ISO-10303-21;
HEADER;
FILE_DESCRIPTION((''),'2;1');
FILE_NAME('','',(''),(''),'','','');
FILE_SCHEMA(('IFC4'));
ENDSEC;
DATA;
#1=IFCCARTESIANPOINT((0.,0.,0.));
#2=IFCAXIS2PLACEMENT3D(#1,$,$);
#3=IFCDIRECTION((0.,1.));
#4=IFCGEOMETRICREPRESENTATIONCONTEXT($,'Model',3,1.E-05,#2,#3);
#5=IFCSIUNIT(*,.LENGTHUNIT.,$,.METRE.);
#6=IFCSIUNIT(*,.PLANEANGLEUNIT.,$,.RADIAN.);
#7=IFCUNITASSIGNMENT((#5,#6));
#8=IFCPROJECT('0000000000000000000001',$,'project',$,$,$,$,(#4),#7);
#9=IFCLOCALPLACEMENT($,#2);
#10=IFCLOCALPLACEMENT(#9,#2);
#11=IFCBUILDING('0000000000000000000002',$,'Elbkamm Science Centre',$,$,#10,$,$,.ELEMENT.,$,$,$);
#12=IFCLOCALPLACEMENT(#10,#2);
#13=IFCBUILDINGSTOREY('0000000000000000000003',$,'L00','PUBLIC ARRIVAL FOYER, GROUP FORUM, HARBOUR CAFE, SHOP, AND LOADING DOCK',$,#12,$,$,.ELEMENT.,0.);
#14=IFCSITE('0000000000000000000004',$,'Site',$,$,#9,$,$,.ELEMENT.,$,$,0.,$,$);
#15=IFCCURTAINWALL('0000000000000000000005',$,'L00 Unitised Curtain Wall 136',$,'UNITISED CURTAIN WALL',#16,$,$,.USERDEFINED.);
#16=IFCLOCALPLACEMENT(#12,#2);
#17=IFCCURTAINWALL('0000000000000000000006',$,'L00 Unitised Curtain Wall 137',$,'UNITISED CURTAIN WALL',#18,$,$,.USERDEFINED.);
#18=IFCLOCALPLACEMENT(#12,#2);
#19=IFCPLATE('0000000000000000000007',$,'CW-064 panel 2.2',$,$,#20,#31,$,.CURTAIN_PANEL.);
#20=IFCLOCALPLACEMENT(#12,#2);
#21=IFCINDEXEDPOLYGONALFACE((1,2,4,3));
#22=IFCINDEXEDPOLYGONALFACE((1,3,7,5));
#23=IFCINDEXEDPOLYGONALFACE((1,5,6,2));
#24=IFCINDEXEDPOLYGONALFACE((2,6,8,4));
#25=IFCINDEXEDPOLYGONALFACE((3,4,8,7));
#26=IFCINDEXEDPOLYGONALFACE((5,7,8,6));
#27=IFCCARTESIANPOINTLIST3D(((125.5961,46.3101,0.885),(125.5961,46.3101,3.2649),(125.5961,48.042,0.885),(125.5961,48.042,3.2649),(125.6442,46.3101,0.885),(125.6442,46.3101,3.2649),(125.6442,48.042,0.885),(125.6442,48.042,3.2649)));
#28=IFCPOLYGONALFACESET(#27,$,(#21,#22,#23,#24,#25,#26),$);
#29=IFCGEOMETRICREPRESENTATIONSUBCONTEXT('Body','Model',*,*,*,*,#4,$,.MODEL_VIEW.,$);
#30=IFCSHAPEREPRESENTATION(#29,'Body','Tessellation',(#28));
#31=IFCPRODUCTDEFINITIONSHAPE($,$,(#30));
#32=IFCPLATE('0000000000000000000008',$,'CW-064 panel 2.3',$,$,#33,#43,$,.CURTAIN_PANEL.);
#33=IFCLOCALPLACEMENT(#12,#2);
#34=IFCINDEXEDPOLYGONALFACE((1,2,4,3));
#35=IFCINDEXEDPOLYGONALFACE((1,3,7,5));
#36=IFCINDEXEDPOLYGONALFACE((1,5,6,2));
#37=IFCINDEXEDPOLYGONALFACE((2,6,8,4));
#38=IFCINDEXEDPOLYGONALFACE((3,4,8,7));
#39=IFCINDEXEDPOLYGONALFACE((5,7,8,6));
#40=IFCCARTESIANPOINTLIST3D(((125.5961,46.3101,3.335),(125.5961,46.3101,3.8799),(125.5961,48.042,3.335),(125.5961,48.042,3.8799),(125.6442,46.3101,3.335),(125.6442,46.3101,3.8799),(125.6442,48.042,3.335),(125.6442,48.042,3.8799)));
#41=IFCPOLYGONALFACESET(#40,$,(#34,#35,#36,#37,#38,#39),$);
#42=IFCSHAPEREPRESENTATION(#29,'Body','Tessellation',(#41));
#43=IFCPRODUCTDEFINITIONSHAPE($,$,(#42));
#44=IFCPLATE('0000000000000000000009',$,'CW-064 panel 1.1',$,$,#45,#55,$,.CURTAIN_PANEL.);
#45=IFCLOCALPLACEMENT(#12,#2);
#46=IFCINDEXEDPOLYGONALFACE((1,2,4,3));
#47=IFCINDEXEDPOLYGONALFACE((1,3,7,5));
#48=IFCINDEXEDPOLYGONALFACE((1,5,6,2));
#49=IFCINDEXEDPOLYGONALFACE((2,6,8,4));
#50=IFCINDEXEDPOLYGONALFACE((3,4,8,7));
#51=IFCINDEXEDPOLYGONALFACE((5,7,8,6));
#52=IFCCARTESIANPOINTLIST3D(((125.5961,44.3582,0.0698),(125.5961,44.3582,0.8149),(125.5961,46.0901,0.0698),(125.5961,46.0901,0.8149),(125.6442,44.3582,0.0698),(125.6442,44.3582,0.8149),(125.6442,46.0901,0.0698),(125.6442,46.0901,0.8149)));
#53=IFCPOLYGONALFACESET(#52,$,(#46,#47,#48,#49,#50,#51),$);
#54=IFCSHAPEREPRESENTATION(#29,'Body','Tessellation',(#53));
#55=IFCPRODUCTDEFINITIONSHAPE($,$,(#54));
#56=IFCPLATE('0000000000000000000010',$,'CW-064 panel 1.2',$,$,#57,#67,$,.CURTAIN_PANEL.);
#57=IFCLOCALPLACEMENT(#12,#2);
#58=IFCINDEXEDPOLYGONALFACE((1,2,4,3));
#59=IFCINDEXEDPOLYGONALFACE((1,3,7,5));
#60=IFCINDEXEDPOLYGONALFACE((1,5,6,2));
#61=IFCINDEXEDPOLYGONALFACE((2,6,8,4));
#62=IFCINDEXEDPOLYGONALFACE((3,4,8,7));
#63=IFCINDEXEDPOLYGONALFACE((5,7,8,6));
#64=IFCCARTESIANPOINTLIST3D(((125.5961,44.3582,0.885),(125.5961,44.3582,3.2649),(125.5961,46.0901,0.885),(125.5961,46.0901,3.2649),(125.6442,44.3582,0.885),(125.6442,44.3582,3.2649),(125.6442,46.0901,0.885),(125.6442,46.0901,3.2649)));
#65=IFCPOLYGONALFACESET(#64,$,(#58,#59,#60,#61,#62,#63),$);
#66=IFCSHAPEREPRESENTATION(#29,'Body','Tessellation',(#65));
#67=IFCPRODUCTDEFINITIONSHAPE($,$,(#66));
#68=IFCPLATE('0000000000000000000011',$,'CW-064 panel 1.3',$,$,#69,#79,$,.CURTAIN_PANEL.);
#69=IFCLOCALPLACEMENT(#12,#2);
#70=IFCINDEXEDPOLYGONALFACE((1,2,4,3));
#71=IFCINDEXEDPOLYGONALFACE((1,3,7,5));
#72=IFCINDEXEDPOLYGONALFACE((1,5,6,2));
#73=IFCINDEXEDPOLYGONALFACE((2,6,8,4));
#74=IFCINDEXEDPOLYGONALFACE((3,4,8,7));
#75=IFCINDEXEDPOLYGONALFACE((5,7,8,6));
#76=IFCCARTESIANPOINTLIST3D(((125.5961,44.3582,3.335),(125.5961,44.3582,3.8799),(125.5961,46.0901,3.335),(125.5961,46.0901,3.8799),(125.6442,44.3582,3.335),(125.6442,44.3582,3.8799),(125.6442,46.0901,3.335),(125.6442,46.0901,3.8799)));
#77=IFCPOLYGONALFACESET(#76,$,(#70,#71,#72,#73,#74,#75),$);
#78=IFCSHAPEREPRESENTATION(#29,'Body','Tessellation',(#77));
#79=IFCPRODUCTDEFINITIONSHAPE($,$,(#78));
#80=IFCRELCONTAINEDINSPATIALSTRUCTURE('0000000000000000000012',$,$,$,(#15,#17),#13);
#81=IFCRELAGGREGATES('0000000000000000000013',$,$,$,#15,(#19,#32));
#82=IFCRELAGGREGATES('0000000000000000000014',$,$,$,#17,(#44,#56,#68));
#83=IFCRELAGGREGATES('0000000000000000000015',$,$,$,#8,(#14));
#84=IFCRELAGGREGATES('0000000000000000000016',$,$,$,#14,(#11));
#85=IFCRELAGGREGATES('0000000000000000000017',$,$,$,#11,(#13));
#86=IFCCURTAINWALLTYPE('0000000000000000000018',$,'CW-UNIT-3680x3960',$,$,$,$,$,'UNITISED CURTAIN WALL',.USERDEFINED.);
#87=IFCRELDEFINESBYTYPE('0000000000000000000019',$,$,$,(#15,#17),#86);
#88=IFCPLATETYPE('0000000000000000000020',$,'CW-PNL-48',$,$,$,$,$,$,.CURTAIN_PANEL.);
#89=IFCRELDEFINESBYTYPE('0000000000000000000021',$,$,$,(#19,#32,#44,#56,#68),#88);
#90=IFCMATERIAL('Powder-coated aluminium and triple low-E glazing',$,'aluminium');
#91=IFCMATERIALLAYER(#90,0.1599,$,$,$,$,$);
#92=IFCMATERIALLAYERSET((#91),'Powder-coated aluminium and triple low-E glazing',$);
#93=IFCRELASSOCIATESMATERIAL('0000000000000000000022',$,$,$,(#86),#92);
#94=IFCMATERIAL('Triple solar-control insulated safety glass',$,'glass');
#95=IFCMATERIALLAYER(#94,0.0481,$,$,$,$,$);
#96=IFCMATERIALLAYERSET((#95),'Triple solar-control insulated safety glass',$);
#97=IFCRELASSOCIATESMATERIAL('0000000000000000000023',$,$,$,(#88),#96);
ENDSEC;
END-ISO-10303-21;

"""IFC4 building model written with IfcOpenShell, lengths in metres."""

from ifc_helpers import new_model, si_unit, direction, frame, origin, origin_2d, place, context, subcontext, project, spatial, rectangle, extrude, material, layer, layer_set, type_object, element, aggregate, save


model = new_model("IFC4")

# Units and contexts
model_context = context("Model", 3, precision=1e-05, world=origin(), true_north=direction((0.0, 1.0)))
body_context = subcontext(model_context, "Body", "Model", "MODEL_VIEW")
ifc_project = project(units=[si_unit("LENGTHUNIT", "METRE"), si_unit("PLANEANGLEUNIT", "RADIAN")], contexts=[model_context])

# Site, building, storey
site_placement = place(None, origin())
site = spatial("IfcSite", under=ifc_project, at=site_placement, Name="Site", CompositionType="ELEMENT", RefElevation=0.0)
building_placement = place(site_placement, origin())
building = spatial("IfcBuilding", under=site, at=building_placement, Name="Elbkamm Science Centre", CompositionType="ELEMENT")
storey_placement = place(building_placement, origin())
storey = spatial("IfcBuildingStorey", under=building, at=storey_placement, Name="L00", Description="PUBLIC ARRIVAL FOYER, GROUP FORUM, HARBOUR CAFE, SHOP, AND LOADING DOCK", CompositionType="ELEMENT", Elevation=0.0)

# Curtain walls
ifc_material_1 = material(Name="Powder-coated aluminium and triple low-E glazing", Category="aluminium")
ifc_layer_1 = layer(ifc_material_1, 0.1599)
ifc_layer_set_1 = layer_set([ifc_layer_1], Name="Powder-coated aluminium and triple low-E glazing")
curtain_wall_type = type_object("IfcCurtainWallType", Name="CW-UNIT-3680x3960", ElementType="UNITISED CURTAIN WALL", PredefinedType="USERDEFINED", material=ifc_layer_set_1)
curtain_wall_1_placement = place(storey_placement, origin())
curtain_wall_1 = element("IfcCurtainWall", 1, at=curtain_wall_1_placement, inside=storey, type_object=curtain_wall_type, Name="L00 Unitised Curtain Wall 136", ObjectType="UNITISED CURTAIN WALL", PredefinedType="USERDEFINED")
curtain_wall_2_placement = place(storey_placement, origin())
curtain_wall_2 = element("IfcCurtainWall", 2, at=curtain_wall_2_placement, inside=storey, type_object=curtain_wall_type, Name="L00 Unitised Curtain Wall 137", ObjectType="UNITISED CURTAIN WALL", PredefinedType="USERDEFINED")

# Plates
ifc_material_2 = material(Name="Triple solar-control insulated safety glass", Category="glass")
ifc_layer_2 = layer(ifc_material_2, 0.0481)
ifc_layer_set_2 = layer_set([ifc_layer_2], Name="Triple solar-control insulated safety glass")
plate_type = type_object("IfcPlateType", Name="CW-PNL-48", PredefinedType="CURTAIN_PANEL", material=ifc_layer_set_2)
plate_1_placement = place(storey_placement, frame((125.6201, 47.176, 0.885), z_axis=(0.0, 0.0, 1.0), x_axis=(0.0, -1.0, 0.0)))
plate_1 = element("IfcPlate", 3, at=plate_1_placement, type_object=plate_type, Name="CW-064 panel 2.2", PredefinedType="CURTAIN_PANEL", context=body_context, shape_type="SweptSolid", body=[
    extrude(rectangle(XDim=1.7319, YDim=0.0481, at=origin_2d()), origin(), (0.0, 0.0, 1.0), 2.3799),
])
plate_2_placement = place(storey_placement, frame((125.6201, 47.176, 3.335), z_axis=(0.0, 0.0, 1.0), x_axis=(0.0, -1.0, 0.0)))
plate_2 = element("IfcPlate", 4, at=plate_2_placement, type_object=plate_type, Name="CW-064 panel 2.3", PredefinedType="CURTAIN_PANEL", context=body_context, shape_type="SweptSolid", body=[
    extrude(rectangle(XDim=1.7319, YDim=0.0481, at=origin_2d()), origin(), (0.0, 0.0, 1.0), 0.5449),
])
aggregate(curtain_wall_1, [plate_1, plate_2])
plate_3_placement = place(storey_placement, frame((125.6201, 45.2241, 0.0698), z_axis=(0.0, 0.0, 1.0), x_axis=(0.0, -1.0, 0.0)))
plate_3 = element("IfcPlate", 5, at=plate_3_placement, type_object=plate_type, Name="CW-064 panel 1.1", PredefinedType="CURTAIN_PANEL", context=body_context, shape_type="SweptSolid", body=[
    extrude(rectangle(XDim=1.7319, YDim=0.0481, at=origin_2d()), origin(), (0.0, 0.0, 1.0), 0.7451),
])
plate_4_placement = place(storey_placement, frame((125.6201, 45.2241, 0.885), z_axis=(0.0, 0.0, 1.0), x_axis=(0.0, -1.0, 0.0)))
plate_4 = element("IfcPlate", 6, at=plate_4_placement, type_object=plate_type, Name="CW-064 panel 1.2", PredefinedType="CURTAIN_PANEL", context=body_context, shape_type="SweptSolid", body=[
    extrude(rectangle(XDim=1.7319, YDim=0.0481, at=origin_2d()), origin(), (0.0, 0.0, 1.0), 2.3799),
])
plate_5_placement = place(storey_placement, frame((125.6201, 45.2241, 3.335), z_axis=(0.0, 0.0, 1.0), x_axis=(0.0, -1.0, 0.0)))
plate_5 = element("IfcPlate", 7, at=plate_5_placement, type_object=plate_type, Name="CW-064 panel 1.3", PredefinedType="CURTAIN_PANEL", context=body_context, shape_type="SweptSolid", body=[
    extrude(rectangle(XDim=1.7319, YDim=0.0481, at=origin_2d()), origin(), (0.0, 0.0, 1.0), 0.5449),
])
aggregate(curtain_wall_2, [plate_3, plate_4, plate_5])

save(model, "model.ifc")
